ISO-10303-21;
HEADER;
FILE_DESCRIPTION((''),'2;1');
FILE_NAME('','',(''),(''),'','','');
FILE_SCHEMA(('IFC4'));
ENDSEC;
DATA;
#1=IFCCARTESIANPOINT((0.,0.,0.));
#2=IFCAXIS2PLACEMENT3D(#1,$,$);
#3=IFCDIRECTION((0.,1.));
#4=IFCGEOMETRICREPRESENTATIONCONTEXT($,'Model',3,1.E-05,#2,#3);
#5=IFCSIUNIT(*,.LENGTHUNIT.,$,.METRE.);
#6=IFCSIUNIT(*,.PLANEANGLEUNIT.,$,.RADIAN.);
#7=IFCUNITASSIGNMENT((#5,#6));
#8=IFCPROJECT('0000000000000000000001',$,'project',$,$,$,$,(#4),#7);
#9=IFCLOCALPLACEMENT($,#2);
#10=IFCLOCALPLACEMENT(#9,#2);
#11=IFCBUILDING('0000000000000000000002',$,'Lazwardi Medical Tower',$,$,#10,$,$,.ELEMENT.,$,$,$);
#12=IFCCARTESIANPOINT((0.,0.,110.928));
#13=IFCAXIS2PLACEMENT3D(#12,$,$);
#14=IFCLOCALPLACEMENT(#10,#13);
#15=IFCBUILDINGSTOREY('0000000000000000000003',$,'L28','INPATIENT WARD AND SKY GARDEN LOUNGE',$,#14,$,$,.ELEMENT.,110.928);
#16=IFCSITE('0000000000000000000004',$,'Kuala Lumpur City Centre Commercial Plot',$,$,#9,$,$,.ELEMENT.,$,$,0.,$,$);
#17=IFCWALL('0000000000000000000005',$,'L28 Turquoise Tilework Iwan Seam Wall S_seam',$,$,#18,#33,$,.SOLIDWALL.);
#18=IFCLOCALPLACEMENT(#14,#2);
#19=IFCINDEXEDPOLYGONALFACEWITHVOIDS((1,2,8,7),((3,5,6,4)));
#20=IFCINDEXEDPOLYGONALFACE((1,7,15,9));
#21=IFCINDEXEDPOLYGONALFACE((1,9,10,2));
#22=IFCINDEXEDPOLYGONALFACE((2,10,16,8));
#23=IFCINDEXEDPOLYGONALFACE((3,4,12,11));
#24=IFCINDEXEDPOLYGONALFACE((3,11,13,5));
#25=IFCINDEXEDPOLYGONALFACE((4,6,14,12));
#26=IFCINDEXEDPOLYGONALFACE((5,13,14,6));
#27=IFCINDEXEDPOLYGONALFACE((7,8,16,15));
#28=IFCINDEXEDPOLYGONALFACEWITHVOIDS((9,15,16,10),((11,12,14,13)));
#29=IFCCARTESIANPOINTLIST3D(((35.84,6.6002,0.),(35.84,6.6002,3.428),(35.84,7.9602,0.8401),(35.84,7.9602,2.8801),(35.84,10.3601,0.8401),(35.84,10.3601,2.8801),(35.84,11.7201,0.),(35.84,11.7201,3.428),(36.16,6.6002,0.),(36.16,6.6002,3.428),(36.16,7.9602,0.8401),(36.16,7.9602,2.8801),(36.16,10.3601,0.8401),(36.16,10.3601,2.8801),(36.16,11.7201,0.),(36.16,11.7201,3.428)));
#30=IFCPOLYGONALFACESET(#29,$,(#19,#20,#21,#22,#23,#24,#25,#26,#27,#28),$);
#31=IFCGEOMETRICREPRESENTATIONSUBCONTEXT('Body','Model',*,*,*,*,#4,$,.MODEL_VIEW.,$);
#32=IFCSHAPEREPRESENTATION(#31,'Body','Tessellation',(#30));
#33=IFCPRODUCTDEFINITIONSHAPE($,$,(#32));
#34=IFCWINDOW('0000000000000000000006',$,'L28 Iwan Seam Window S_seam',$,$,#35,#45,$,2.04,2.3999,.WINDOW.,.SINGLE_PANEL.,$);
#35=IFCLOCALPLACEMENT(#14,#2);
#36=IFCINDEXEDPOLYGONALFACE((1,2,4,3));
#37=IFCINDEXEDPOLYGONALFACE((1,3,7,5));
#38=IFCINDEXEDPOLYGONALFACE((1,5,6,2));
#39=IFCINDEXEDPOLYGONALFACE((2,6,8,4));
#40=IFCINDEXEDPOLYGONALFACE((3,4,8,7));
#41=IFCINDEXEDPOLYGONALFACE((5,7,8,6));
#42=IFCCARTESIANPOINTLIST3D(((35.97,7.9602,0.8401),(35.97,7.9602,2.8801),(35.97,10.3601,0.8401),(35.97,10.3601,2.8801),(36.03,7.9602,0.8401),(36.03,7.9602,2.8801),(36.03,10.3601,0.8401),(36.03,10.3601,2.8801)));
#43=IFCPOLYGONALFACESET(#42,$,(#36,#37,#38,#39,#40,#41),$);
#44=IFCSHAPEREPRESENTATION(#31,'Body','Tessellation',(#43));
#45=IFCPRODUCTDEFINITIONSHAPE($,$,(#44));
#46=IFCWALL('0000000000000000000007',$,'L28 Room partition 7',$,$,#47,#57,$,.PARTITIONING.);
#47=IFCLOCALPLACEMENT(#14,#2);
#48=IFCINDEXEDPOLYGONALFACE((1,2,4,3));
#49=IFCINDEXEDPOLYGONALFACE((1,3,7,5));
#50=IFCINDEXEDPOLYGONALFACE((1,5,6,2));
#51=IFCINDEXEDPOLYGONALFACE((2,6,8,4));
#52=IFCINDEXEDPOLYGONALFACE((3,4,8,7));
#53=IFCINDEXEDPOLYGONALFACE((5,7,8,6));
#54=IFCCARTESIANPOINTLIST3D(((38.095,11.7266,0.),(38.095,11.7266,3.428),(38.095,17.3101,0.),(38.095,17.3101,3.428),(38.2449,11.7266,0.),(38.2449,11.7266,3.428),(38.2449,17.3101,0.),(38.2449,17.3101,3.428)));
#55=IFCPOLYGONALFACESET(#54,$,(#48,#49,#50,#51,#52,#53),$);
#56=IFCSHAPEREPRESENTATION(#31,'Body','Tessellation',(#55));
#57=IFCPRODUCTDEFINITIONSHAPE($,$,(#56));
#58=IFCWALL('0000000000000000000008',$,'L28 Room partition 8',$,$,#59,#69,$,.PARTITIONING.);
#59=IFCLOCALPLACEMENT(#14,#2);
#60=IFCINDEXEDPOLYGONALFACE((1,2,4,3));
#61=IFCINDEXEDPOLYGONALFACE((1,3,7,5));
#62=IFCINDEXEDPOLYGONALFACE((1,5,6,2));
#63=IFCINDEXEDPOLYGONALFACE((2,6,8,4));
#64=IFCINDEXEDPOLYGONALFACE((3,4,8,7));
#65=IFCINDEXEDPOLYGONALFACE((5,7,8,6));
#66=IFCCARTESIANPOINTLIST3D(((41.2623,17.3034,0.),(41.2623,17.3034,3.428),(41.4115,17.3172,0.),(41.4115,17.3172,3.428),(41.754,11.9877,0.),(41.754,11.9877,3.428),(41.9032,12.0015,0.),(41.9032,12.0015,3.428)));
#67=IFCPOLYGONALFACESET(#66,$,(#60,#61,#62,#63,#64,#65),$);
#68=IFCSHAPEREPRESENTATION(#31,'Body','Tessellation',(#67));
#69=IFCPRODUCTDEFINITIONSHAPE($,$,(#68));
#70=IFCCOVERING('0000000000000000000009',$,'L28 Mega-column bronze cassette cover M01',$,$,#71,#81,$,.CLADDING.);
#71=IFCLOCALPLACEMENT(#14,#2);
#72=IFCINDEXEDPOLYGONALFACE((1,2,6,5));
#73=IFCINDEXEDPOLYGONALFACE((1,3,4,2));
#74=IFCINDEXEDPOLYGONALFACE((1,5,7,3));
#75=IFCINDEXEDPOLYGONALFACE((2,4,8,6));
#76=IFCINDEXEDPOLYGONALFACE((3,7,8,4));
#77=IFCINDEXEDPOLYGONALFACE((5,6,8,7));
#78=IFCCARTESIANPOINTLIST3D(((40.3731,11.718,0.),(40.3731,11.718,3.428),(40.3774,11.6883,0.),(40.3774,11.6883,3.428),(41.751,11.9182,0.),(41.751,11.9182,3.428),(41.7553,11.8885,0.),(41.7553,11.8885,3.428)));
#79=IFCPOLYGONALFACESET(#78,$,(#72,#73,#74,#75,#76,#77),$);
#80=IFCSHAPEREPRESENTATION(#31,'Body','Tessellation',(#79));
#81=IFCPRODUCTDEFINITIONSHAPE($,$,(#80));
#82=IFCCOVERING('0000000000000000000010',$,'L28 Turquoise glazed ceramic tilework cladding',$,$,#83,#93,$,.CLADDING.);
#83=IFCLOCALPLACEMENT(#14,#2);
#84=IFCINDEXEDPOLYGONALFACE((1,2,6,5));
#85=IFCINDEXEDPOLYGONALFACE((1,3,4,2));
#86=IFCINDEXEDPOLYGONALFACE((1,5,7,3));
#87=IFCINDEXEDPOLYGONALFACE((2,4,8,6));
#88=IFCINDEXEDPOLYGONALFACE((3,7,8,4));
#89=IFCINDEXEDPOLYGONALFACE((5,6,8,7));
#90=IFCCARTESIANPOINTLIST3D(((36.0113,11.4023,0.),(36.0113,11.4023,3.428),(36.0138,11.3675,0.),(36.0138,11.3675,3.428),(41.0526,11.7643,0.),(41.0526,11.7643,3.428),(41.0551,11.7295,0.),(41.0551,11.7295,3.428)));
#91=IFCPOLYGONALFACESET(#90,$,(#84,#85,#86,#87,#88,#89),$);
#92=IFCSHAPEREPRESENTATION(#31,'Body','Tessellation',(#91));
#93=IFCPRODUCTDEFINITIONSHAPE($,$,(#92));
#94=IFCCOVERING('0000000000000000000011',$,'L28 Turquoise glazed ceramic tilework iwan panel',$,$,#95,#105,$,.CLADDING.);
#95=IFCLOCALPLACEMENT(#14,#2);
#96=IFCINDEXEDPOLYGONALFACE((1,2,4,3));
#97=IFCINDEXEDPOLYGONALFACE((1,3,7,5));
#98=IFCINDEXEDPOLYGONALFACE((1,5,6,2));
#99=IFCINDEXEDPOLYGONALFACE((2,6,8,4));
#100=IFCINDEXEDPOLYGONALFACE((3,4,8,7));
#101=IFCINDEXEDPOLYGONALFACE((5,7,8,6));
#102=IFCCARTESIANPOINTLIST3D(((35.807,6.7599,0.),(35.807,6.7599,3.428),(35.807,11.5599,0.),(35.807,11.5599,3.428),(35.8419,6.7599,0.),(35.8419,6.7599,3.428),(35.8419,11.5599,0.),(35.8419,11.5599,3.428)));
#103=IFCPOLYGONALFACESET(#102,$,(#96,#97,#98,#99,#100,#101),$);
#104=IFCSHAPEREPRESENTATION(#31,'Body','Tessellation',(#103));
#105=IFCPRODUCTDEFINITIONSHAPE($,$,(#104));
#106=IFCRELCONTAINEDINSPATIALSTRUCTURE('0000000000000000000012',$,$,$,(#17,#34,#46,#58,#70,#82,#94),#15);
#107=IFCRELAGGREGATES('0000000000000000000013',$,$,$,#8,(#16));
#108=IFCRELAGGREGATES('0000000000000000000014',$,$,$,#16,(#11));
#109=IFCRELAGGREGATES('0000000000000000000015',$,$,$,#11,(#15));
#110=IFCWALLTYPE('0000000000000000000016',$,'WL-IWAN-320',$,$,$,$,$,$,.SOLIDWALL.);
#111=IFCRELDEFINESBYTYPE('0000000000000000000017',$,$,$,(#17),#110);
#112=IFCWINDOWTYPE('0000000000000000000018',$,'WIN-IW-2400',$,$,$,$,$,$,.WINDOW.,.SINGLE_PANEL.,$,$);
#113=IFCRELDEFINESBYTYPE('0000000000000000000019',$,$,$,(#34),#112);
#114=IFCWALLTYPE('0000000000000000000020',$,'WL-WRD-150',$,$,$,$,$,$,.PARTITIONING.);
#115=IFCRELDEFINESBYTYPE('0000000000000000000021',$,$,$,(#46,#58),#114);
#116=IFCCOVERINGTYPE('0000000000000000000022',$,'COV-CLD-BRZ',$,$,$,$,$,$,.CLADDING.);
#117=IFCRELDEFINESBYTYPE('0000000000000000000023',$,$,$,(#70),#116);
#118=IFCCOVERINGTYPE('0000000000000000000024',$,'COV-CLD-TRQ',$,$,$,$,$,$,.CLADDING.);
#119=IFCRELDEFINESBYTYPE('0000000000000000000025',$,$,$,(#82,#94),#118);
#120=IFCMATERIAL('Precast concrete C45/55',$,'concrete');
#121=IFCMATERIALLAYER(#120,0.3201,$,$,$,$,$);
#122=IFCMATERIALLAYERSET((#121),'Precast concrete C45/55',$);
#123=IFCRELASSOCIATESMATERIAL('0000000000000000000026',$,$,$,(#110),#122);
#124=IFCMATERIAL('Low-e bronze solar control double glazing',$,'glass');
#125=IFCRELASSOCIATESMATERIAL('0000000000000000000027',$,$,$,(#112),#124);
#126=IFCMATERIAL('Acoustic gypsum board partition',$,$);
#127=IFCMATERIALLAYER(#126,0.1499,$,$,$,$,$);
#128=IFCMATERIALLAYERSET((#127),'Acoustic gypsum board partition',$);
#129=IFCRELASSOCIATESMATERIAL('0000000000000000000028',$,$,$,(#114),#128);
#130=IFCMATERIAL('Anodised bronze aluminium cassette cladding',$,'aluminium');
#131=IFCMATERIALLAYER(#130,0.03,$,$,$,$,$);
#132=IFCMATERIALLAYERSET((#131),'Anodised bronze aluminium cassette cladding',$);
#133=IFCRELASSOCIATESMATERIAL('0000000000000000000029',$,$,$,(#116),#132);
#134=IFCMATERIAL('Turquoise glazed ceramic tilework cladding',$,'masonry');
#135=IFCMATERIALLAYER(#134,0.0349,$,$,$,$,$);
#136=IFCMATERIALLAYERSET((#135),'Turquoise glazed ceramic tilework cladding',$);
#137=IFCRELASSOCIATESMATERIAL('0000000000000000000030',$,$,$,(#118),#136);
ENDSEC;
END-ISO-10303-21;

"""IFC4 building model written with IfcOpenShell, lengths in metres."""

from ifc_helpers import new_model, si_unit, direction, frame, frame_2d, origin, origin_2d, place, context, subcontext, project, spatial, rectangle, extrude, material, layer, layer_set, type_object, element, fill, save


model = new_model("IFC4")

# Units and contexts
model_context = context("Model", 3, precision=1e-05, world=origin(), true_north=direction((0.0, 1.0)))
body_context = subcontext(model_context, "Body", "Model", "MODEL_VIEW")
ifc_project = project(units=[si_unit("LENGTHUNIT", "METRE"), si_unit("PLANEANGLEUNIT", "RADIAN")], contexts=[model_context])

# Site, building, storey
site_placement = place(None, origin())
site = spatial("IfcSite", under=ifc_project, at=site_placement, Name="Kuala Lumpur City Centre Commercial Plot", CompositionType="ELEMENT", RefElevation=0.0)
building_placement = place(site_placement, origin())
building = spatial("IfcBuilding", under=site, at=building_placement, Name="Lazwardi Medical Tower", CompositionType="ELEMENT")
storey_placement = place(building_placement, frame((0.0, 0.0, 110.928)))
storey = spatial("IfcBuildingStorey", under=building, at=storey_placement, Name="L28", Description="INPATIENT WARD AND SKY GARDEN LOUNGE", CompositionType="ELEMENT", Elevation=110.928)

# Shared definitions
ifc_material_1 = material(Name="Low-e bronze solar control double glazing", Category="glass")

# Wall, opening, window
ifc_material_2 = material(Name="Precast concrete C45/55", Category="concrete")
ifc_layer_1 = layer(ifc_material_2, 0.3201)
ifc_layer_set_1 = layer_set([ifc_layer_1], Name="Precast concrete C45/55")
wall_type_1 = type_object("IfcWallType", Name="WL-IWAN-320", PredefinedType="SOLIDWALL", material=ifc_layer_set_1)
wall_1_placement = place(storey_placement, frame((36.0, 6.6001, 0.0), z_axis=(0.0, 0.0, 1.0), x_axis=(0.0, 1.0, 0.0)))
wall_1 = element("IfcWall", 1, at=wall_1_placement, inside=storey, type_object=wall_type_1, Name="L28 Turquoise Tilework Iwan Seam Wall S_seam", PredefinedType="SOLIDWALL", context=body_context, shape_type="SweptSolid", body=[
    extrude(rectangle(XDim=5.1199, YDim=0.3201, at=frame_2d((2.5601, 0.0))), origin(), (0.0, 0.0, 1.0), 3.428),
])
opening_1_placement = place(wall_1_placement, frame((1.3601, 0.0, 0.8401)))
opening_1 = element("IfcOpeningElement", 2, at=opening_1_placement, cuts=wall_1, PredefinedType="OPENING", context=body_context, shape_type="SweptSolid", body=[
    extrude(rectangle(XDim=2.3999, YDim=2.04, at=frame_2d((1.2, 1.02))), frame((0.0, 0.1699, 0.0), z_axis=(0.0, -1.0, 0.0), x_axis=(1.0, 0.0, 0.0)), (0.0, 0.0, 1.0), 0.3401),
])
window_type_1 = type_object("IfcWindowType", Name="WIN-IW-2400", PartitioningType="SINGLE_PANEL", PredefinedType="WINDOW", material=ifc_material_1)
window_1_placement = place(opening_1_placement, origin())
window_1 = element("IfcWindow", 3, at=window_1_placement, inside=storey, type_object=window_type_1, Name="L28 Iwan Seam Window S_seam", OverallHeight=2.04, OverallWidth=2.3999, PartitioningType="SINGLE_PANEL", PredefinedType="WINDOW", context=body_context, shape_type="SweptSolid", body=[
    extrude(rectangle(XDim=2.3999, YDim=2.04, at=frame_2d((1.2, 1.02))), frame((0.0, 0.03, 0.0), z_axis=(0.0, -1.0, 0.0), x_axis=(1.0, 0.0, 0.0)), (0.0, 0.0, 1.0), 0.0601),
])
fill(opening_1, window_1)

# Walls
ifc_material_3 = material(Name="Acoustic gypsum board partition")
ifc_layer_2 = layer(ifc_material_3, 0.1499)
ifc_layer_set_2 = layer_set([ifc_layer_2], Name="Acoustic gypsum board partition")
wall_type_2 = type_object("IfcWallType", Name="WL-WRD-150", PredefinedType="PARTITIONING", material=ifc_layer_set_2)
wall_2_placement = place(storey_placement, frame((38.1699, 11.7266, 0.0), z_axis=(0.0, 0.0, 1.0), x_axis=(0.0, 1.0, 0.0)))
element("IfcWall", 4, at=wall_2_placement, inside=storey, type_object=wall_type_2, Name="L28 Room partition 7", PredefinedType="PARTITIONING", context=body_context, shape_type="SweptSolid", body=[
    extrude(rectangle(XDim=5.5835, YDim=0.1499, at=frame_2d((2.7917, 0.0))), origin(), (0.0, 0.0, 1.0), 3.428),
])
wall_3_placement = place(storey_placement, frame((41.8286, 11.9946, 0.0), z_axis=(0.0, 0.0, 1.0), x_axis=(-0.092107, 0.995749, 0.0)))
element("IfcWall", 5, at=wall_3_placement, inside=storey, type_object=wall_type_2, Name="L28 Room partition 8", PredefinedType="PARTITIONING", context=body_context, shape_type="SweptSolid", body=[
    extrude(rectangle(XDim=5.3384, YDim=0.1499, at=frame_2d((2.6692, 0.0))), origin(), (0.0, 0.0, 1.0), 3.428),
])

# Coverings
ifc_material_4 = material(Name="Anodised bronze aluminium cassette cladding", Category="aluminium")
ifc_layer_3 = layer(ifc_material_4, 0.03)
ifc_layer_set_3 = layer_set([ifc_layer_3], Name="Anodised bronze aluminium cassette cladding")
covering_type_1 = type_object("IfcCoveringType", Name="COV-CLD-BRZ", PredefinedType="CLADDING", material=ifc_layer_set_3)
covering_1_placement = place(storey_placement, frame((41.0642, 11.8032, 0.0), z_axis=(0.0, 0.0, 1.0), x_axis=(0.989609, 0.143785, 0.0)))
element("IfcCovering", 6, at=covering_1_placement, inside=storey, type_object=covering_type_1, Name="L28 Mega-column bronze cassette cover M01", PredefinedType="CLADDING", context=body_context, shape_type="SweptSolid", body=[
    extrude(rectangle(XDim=1.3923, YDim=0.03, at=origin_2d()), origin(), (0.0, 0.0, 1.0), 3.428),
])
ifc_material_5 = material(Name="Turquoise glazed ceramic tilework cladding", Category="masonry")
ifc_layer_4 = layer(ifc_material_5, 0.0349)
ifc_layer_set_4 = layer_set([ifc_layer_4], Name="Turquoise glazed ceramic tilework cladding")
covering_type_2 = type_object("IfcCoveringType", Name="COV-CLD-TRQ", PredefinedType="CLADDING", material=ifc_layer_set_4)
covering_2_placement = place(storey_placement, frame((38.5332, 11.5659, 0.0), z_axis=(0.0, 0.0, 1.0), x_axis=(0.997432, 0.071625, 0.0)))
element("IfcCovering", 7, at=covering_2_placement, inside=storey, type_object=covering_type_2, Name="L28 Turquoise glazed ceramic tilework cladding", PredefinedType="CLADDING", context=body_context, shape_type="SweptSolid", body=[
    extrude(rectangle(XDim=5.0542, YDim=0.0349, at=origin_2d()), origin(), (0.0, 0.0, 1.0), 3.428),
])
covering_3_placement = place(storey_placement, frame((35.8245, 9.1599, 0.0), z_axis=(0.0, 0.0, 1.0), x_axis=(0.0, 1.0, 0.0)))
element("IfcCovering", 8, at=covering_3_placement, inside=storey, type_object=covering_type_2, Name="L28 Turquoise glazed ceramic tilework iwan panel", PredefinedType="CLADDING", context=body_context, shape_type="SweptSolid", body=[
    extrude(rectangle(XDim=4.8, YDim=0.0349, at=origin_2d()), origin(), (0.0, 0.0, 1.0), 3.428),
])

save(model, "model.ifc")
